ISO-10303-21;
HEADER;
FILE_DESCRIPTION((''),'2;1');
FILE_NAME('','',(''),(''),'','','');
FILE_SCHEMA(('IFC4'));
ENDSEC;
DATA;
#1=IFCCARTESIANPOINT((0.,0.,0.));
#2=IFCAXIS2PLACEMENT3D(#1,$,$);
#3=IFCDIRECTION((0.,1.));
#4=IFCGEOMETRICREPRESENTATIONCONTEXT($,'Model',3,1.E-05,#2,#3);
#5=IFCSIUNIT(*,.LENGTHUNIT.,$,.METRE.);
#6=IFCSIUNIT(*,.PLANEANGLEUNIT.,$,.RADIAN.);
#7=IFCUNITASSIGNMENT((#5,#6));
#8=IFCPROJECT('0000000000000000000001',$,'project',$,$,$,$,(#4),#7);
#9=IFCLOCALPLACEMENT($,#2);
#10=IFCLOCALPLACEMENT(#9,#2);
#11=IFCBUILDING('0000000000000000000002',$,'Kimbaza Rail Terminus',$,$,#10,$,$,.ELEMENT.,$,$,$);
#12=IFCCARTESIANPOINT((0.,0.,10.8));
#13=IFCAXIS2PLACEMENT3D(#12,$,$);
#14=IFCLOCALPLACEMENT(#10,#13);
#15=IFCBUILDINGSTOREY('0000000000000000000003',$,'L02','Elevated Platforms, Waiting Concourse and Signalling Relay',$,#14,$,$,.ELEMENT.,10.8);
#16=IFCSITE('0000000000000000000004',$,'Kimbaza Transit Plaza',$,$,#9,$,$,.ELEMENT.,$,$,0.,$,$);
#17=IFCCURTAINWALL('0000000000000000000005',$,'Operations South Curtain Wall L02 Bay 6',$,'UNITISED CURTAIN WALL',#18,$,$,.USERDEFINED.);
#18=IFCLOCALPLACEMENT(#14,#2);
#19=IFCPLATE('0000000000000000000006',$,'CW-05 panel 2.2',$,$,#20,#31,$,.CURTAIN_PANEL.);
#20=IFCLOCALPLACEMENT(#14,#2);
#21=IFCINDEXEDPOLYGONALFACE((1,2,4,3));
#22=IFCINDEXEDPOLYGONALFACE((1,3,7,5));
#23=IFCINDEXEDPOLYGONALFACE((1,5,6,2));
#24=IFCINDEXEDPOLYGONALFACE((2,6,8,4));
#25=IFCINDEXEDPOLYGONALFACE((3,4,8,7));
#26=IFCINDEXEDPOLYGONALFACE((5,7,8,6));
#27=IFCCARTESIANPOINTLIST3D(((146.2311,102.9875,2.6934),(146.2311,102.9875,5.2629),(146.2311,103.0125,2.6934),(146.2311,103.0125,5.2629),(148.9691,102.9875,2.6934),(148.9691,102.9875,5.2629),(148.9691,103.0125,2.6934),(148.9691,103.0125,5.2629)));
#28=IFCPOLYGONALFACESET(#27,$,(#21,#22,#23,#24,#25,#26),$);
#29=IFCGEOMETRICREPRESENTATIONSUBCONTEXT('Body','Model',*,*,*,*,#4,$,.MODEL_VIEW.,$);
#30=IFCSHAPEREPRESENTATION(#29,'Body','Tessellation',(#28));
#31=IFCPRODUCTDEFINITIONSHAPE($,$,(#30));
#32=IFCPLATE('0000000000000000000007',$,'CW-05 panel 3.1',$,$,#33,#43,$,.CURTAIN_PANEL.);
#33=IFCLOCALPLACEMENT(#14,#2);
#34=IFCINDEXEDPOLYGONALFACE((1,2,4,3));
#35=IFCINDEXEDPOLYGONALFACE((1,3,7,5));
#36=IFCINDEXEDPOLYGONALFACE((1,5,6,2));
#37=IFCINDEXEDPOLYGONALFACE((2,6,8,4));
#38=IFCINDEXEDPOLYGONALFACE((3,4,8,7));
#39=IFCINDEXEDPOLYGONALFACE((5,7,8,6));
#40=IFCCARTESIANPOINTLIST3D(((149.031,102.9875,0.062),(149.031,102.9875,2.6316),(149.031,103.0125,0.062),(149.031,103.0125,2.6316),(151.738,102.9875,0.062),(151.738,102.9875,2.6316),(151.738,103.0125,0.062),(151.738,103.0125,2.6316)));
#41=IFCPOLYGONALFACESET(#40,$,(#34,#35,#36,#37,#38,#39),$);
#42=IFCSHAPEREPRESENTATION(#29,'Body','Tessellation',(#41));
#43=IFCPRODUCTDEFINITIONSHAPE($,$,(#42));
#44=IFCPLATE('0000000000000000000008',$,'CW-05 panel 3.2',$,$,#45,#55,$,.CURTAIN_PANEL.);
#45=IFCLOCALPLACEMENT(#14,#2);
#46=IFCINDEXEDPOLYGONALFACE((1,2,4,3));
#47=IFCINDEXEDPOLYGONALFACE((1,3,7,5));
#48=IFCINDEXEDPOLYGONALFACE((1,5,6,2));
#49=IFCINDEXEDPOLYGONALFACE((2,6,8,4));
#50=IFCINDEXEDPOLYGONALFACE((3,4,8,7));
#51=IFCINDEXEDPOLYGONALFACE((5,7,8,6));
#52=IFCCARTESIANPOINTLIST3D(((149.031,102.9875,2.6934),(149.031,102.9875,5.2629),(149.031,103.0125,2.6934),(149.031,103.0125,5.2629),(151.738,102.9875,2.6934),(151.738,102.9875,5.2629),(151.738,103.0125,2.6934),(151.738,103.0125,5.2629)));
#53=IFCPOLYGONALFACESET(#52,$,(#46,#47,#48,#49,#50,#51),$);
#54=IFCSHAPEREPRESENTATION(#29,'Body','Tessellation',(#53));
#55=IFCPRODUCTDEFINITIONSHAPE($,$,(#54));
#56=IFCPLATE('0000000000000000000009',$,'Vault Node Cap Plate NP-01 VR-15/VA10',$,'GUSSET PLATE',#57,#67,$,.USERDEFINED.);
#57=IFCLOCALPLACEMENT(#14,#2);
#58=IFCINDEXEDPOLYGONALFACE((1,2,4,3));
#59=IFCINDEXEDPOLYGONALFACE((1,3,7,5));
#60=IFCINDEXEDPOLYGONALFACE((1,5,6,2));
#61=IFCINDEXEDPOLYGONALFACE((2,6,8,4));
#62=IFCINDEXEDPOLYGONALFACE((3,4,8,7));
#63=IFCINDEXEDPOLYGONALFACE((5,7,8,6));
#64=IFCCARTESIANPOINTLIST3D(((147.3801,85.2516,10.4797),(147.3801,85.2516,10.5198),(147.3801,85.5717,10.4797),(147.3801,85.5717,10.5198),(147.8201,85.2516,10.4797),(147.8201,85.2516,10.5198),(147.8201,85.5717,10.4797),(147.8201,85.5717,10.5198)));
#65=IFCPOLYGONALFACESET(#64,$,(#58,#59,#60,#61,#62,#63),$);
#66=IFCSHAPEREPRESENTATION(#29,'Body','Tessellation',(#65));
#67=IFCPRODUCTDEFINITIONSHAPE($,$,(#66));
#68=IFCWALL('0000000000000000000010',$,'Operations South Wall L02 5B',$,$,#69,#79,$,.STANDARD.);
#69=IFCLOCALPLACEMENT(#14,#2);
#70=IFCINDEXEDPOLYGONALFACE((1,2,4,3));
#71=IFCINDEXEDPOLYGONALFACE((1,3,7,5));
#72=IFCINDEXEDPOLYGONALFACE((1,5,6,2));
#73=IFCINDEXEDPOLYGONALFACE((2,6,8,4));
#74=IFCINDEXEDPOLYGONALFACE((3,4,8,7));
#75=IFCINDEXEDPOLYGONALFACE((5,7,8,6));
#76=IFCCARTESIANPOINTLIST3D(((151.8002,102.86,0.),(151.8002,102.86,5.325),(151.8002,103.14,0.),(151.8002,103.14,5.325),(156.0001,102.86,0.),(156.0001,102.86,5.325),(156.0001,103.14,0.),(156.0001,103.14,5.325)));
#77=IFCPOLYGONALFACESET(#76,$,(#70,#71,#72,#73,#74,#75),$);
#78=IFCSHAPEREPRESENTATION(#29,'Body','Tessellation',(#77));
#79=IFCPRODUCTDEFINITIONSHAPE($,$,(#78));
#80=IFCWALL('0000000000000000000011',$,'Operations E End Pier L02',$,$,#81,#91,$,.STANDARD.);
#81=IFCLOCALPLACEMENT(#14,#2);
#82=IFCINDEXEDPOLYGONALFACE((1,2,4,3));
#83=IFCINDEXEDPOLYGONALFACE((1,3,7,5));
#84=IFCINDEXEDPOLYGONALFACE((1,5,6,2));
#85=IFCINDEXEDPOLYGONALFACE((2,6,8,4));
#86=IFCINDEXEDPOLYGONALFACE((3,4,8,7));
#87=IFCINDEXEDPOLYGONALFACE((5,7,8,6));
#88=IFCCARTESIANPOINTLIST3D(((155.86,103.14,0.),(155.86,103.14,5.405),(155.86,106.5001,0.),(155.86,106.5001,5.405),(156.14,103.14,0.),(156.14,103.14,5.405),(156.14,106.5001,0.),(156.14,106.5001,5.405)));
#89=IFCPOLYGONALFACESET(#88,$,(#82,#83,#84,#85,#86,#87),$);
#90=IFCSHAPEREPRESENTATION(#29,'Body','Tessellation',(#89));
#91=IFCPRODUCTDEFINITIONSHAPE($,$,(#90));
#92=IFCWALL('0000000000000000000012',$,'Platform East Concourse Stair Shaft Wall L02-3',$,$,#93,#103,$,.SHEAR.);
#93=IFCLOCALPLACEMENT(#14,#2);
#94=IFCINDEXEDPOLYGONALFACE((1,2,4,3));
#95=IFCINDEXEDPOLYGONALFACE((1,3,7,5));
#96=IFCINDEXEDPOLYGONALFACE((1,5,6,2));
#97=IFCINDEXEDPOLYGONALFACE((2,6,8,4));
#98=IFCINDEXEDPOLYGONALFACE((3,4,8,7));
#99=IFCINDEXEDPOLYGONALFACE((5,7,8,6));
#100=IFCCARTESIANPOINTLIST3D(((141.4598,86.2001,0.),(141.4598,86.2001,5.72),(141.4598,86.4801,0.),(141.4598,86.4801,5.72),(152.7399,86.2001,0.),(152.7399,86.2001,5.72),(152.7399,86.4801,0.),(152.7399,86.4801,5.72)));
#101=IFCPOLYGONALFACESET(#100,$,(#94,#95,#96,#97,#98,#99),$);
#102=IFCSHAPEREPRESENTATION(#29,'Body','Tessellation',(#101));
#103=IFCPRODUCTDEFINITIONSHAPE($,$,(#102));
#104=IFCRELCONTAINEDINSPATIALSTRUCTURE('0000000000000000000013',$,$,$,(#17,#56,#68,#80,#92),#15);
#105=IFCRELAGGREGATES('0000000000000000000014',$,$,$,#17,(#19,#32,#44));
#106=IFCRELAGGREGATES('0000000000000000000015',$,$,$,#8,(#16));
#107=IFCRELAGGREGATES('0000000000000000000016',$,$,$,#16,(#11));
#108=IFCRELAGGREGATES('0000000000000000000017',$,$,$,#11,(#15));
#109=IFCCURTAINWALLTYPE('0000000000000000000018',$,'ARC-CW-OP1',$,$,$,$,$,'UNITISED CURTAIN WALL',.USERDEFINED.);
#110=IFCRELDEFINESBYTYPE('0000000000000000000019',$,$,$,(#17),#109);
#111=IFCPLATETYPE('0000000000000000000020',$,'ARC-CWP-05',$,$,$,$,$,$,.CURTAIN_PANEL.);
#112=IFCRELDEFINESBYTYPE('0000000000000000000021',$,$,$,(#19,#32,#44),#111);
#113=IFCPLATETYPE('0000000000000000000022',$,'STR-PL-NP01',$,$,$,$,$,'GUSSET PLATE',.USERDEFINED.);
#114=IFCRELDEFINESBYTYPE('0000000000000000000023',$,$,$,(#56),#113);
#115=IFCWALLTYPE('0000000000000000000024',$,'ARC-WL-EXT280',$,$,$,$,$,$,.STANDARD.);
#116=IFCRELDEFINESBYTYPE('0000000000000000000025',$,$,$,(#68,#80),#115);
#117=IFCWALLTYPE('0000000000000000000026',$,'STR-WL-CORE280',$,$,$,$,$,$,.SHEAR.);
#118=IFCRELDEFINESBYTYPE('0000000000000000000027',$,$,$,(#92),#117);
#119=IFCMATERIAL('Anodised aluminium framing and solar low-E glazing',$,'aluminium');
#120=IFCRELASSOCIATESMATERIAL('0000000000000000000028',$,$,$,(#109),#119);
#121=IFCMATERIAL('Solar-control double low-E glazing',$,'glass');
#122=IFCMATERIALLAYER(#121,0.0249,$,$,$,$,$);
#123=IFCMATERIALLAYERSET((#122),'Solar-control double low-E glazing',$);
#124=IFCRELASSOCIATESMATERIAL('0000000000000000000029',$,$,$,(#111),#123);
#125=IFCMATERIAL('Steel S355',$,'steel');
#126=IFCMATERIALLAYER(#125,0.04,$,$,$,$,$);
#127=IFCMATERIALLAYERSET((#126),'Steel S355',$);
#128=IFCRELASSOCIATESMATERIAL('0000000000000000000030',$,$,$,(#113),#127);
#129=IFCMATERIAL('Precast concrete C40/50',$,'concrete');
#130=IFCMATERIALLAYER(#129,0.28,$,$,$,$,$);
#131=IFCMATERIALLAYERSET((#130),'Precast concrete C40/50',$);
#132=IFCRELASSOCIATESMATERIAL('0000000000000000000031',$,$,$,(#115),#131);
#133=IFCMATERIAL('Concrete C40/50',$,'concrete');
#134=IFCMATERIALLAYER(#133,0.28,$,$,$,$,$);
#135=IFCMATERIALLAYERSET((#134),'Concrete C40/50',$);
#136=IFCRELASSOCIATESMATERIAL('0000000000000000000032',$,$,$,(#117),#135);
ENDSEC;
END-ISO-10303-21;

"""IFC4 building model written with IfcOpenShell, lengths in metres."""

from ifc_helpers import new_model, si_unit, direction, frame, frame_2d, origin, origin_2d, place, context, subcontext, project, spatial, rectangle, extrude, material, layer, layer_set, type_object, element, aggregate, save


model = new_model("IFC4")

# Units and contexts
model_context = context("Model", 3, precision=1e-05, world=origin(), true_north=direction((0.0, 1.0)))
body_context = subcontext(model_context, "Body", "Model", "MODEL_VIEW")
ifc_project = project(units=[si_unit("LENGTHUNIT", "METRE"), si_unit("PLANEANGLEUNIT", "RADIAN")], contexts=[model_context])

# Site, building, storey
site_placement = place(None, origin())
site = spatial("IfcSite", under=ifc_project, at=site_placement, Name="Kimbaza Transit Plaza", CompositionType="ELEMENT", RefElevation=0.0)
building_placement = place(site_placement, origin())
building = spatial("IfcBuilding", under=site, at=building_placement, Name="Kimbaza Rail Terminus", CompositionType="ELEMENT")
storey_placement = place(building_placement, frame((0.0, 0.0, 10.8)))
storey = spatial("IfcBuildingStorey", under=building, at=storey_placement, Name="L02", Description="Elevated Platforms, Waiting Concourse and Signalling Relay", CompositionType="ELEMENT", Elevation=10.8)

# Curtain wall
ifc_material_1 = material(Name="Anodised aluminium framing and solar low-E glazing", Category="aluminium")
curtain_wall_type = type_object("IfcCurtainWallType", Name="ARC-CW-OP1", ElementType="UNITISED CURTAIN WALL", PredefinedType="USERDEFINED", material=ifc_material_1)
curtain_wall_1_placement = place(storey_placement, origin())
curtain_wall_1 = element("IfcCurtainWall", 1, at=curtain_wall_1_placement, inside=storey, type_object=curtain_wall_type, Name="Operations South Curtain Wall L02 Bay 6", ObjectType="UNITISED CURTAIN WALL", PredefinedType="USERDEFINED")

# Plates
ifc_material_2 = material(Name="Solar-control double low-E glazing", Category="glass")
ifc_layer_1 = layer(ifc_material_2, 0.0249)
ifc_layer_set_1 = layer_set([ifc_layer_1], Name="Solar-control double low-E glazing")
plate_type_1 = type_object("IfcPlateType", Name="ARC-CWP-05", PredefinedType="CURTAIN_PANEL", material=ifc_layer_set_1)
plate_1_placement = place(storey_placement, frame((147.6001, 103.0, 2.6934), z_axis=(0.0, 0.0, 1.0), x_axis=(1.0, 0.0, 0.0)))
plate_1 = element("IfcPlate", 2, at=plate_1_placement, type_object=plate_type_1, Name="CW-05 panel 2.2", PredefinedType="CURTAIN_PANEL", context=body_context, shape_type="SweptSolid", body=[
    extrude(rectangle(XDim=2.738, YDim=0.0249, at=origin_2d()), origin(), (0.0, 0.0, 1.0), 2.5696),
])
plate_2_placement = place(storey_placement, frame((150.3845, 103.0, 0.062), z_axis=(0.0, 0.0, 1.0), x_axis=(1.0, 0.0, 0.0)))
plate_2 = element("IfcPlate", 3, at=plate_2_placement, type_object=plate_type_1, Name="CW-05 panel 3.1", PredefinedType="CURTAIN_PANEL", context=body_context, shape_type="SweptSolid", body=[
    extrude(rectangle(XDim=2.707, YDim=0.0249, at=origin_2d()), origin(), (0.0, 0.0, 1.0), 2.5696),
])
plate_3_placement = place(storey_placement, frame((150.3845, 103.0, 2.6934), z_axis=(0.0, 0.0, 1.0), x_axis=(1.0, 0.0, 0.0)))
plate_3 = element("IfcPlate", 4, at=plate_3_placement, type_object=plate_type_1, Name="CW-05 panel 3.2", PredefinedType="CURTAIN_PANEL", context=body_context, shape_type="SweptSolid", body=[
    extrude(rectangle(XDim=2.707, YDim=0.0249, at=origin_2d()), origin(), (0.0, 0.0, 1.0), 2.5696),
])
aggregate(curtain_wall_1, [plate_1, plate_2, plate_3])
ifc_material_3 = material(Name="Steel S355", Category="steel")
ifc_layer_2 = layer(ifc_material_3, 0.04)
ifc_layer_set_2 = layer_set([ifc_layer_2], Name="Steel S355")
plate_type_2 = type_object("IfcPlateType", Name="STR-PL-NP01", ElementType="GUSSET PLATE", PredefinedType="USERDEFINED", material=ifc_layer_set_2)
plate_4_placement = place(storey_placement, frame((147.6001, 85.4116, 10.4797), z_axis=(0.0, 0.0, 1.0), x_axis=(1.0, 0.0, 0.0)))
element("IfcPlate", 5, at=plate_4_placement, inside=storey, type_object=plate_type_2, Name="Vault Node Cap Plate NP-01 VR-15/VA10", ObjectType="GUSSET PLATE", PredefinedType="USERDEFINED", context=body_context, shape_type="SweptSolid", body=[
    extrude(rectangle(XDim=0.4399, YDim=0.3201, at=origin_2d()), origin(), (0.0, 0.0, 1.0), 0.04),
])

# Walls
ifc_material_4 = material(Name="Precast concrete C40/50", Category="concrete")
ifc_layer_3 = layer(ifc_material_4, 0.28)
ifc_layer_set_3 = layer_set([ifc_layer_3], Name="Precast concrete C40/50")
wall_type_1 = type_object("IfcWallType", Name="ARC-WL-EXT280", PredefinedType="STANDARD", material=ifc_layer_set_3)
wall_1_placement = place(storey_placement, frame((151.8, 103.0, 0.0), z_axis=(0.0, 0.0, 1.0), x_axis=(1.0, 0.0, 0.0)))
element("IfcWall", 6, at=wall_1_placement, inside=storey, type_object=wall_type_1, Name="Operations South Wall L02 5B", PredefinedType="STANDARD", context=body_context, shape_type="SweptSolid", body=[
    extrude(rectangle(XDim=4.2, YDim=0.28, at=frame_2d((2.1001, 0.0))), origin(), (0.0, 0.0, 1.0), 5.325),
])
wall_2_placement = place(storey_placement, frame((156.0, 103.1399, 0.0), z_axis=(0.0, 0.0, 1.0), x_axis=(0.0, 1.0, 0.0)))
element("IfcWall", 7, at=wall_2_placement, inside=storey, type_object=wall_type_1, Name="Operations E End Pier L02", PredefinedType="STANDARD", context=body_context, shape_type="SweptSolid", body=[
    extrude(rectangle(XDim=3.3601, YDim=0.28, at=frame_2d((1.6802, 0.0))), origin(), (0.0, 0.0, 1.0), 5.405),
])
ifc_material_5 = material(Name="Concrete C40/50", Category="concrete")
ifc_layer_4 = layer(ifc_material_5, 0.28)
ifc_layer_set_4 = layer_set([ifc_layer_4], Name="Concrete C40/50")
wall_type_2 = type_object("IfcWallType", Name="STR-WL-CORE280", PredefinedType="SHEAR", material=ifc_layer_set_4)
wall_3_placement = place(storey_placement, frame((152.74, 86.3401, 0.0), z_axis=(0.0, 0.0, 1.0), x_axis=(-1.0, 0.0, 0.0)))
element("IfcWall", 8, at=wall_3_placement, inside=storey, type_object=wall_type_2, Name="Platform East Concourse Stair Shaft Wall L02-3", PredefinedType="SHEAR", context=body_context, shape_type="SweptSolid", body=[
    extrude(rectangle(XDim=11.28, YDim=0.28, at=frame_2d((5.6401, 0.0))), origin(), (0.0, 0.0, 1.0), 5.72),
])

save(model, "model.ifc")
